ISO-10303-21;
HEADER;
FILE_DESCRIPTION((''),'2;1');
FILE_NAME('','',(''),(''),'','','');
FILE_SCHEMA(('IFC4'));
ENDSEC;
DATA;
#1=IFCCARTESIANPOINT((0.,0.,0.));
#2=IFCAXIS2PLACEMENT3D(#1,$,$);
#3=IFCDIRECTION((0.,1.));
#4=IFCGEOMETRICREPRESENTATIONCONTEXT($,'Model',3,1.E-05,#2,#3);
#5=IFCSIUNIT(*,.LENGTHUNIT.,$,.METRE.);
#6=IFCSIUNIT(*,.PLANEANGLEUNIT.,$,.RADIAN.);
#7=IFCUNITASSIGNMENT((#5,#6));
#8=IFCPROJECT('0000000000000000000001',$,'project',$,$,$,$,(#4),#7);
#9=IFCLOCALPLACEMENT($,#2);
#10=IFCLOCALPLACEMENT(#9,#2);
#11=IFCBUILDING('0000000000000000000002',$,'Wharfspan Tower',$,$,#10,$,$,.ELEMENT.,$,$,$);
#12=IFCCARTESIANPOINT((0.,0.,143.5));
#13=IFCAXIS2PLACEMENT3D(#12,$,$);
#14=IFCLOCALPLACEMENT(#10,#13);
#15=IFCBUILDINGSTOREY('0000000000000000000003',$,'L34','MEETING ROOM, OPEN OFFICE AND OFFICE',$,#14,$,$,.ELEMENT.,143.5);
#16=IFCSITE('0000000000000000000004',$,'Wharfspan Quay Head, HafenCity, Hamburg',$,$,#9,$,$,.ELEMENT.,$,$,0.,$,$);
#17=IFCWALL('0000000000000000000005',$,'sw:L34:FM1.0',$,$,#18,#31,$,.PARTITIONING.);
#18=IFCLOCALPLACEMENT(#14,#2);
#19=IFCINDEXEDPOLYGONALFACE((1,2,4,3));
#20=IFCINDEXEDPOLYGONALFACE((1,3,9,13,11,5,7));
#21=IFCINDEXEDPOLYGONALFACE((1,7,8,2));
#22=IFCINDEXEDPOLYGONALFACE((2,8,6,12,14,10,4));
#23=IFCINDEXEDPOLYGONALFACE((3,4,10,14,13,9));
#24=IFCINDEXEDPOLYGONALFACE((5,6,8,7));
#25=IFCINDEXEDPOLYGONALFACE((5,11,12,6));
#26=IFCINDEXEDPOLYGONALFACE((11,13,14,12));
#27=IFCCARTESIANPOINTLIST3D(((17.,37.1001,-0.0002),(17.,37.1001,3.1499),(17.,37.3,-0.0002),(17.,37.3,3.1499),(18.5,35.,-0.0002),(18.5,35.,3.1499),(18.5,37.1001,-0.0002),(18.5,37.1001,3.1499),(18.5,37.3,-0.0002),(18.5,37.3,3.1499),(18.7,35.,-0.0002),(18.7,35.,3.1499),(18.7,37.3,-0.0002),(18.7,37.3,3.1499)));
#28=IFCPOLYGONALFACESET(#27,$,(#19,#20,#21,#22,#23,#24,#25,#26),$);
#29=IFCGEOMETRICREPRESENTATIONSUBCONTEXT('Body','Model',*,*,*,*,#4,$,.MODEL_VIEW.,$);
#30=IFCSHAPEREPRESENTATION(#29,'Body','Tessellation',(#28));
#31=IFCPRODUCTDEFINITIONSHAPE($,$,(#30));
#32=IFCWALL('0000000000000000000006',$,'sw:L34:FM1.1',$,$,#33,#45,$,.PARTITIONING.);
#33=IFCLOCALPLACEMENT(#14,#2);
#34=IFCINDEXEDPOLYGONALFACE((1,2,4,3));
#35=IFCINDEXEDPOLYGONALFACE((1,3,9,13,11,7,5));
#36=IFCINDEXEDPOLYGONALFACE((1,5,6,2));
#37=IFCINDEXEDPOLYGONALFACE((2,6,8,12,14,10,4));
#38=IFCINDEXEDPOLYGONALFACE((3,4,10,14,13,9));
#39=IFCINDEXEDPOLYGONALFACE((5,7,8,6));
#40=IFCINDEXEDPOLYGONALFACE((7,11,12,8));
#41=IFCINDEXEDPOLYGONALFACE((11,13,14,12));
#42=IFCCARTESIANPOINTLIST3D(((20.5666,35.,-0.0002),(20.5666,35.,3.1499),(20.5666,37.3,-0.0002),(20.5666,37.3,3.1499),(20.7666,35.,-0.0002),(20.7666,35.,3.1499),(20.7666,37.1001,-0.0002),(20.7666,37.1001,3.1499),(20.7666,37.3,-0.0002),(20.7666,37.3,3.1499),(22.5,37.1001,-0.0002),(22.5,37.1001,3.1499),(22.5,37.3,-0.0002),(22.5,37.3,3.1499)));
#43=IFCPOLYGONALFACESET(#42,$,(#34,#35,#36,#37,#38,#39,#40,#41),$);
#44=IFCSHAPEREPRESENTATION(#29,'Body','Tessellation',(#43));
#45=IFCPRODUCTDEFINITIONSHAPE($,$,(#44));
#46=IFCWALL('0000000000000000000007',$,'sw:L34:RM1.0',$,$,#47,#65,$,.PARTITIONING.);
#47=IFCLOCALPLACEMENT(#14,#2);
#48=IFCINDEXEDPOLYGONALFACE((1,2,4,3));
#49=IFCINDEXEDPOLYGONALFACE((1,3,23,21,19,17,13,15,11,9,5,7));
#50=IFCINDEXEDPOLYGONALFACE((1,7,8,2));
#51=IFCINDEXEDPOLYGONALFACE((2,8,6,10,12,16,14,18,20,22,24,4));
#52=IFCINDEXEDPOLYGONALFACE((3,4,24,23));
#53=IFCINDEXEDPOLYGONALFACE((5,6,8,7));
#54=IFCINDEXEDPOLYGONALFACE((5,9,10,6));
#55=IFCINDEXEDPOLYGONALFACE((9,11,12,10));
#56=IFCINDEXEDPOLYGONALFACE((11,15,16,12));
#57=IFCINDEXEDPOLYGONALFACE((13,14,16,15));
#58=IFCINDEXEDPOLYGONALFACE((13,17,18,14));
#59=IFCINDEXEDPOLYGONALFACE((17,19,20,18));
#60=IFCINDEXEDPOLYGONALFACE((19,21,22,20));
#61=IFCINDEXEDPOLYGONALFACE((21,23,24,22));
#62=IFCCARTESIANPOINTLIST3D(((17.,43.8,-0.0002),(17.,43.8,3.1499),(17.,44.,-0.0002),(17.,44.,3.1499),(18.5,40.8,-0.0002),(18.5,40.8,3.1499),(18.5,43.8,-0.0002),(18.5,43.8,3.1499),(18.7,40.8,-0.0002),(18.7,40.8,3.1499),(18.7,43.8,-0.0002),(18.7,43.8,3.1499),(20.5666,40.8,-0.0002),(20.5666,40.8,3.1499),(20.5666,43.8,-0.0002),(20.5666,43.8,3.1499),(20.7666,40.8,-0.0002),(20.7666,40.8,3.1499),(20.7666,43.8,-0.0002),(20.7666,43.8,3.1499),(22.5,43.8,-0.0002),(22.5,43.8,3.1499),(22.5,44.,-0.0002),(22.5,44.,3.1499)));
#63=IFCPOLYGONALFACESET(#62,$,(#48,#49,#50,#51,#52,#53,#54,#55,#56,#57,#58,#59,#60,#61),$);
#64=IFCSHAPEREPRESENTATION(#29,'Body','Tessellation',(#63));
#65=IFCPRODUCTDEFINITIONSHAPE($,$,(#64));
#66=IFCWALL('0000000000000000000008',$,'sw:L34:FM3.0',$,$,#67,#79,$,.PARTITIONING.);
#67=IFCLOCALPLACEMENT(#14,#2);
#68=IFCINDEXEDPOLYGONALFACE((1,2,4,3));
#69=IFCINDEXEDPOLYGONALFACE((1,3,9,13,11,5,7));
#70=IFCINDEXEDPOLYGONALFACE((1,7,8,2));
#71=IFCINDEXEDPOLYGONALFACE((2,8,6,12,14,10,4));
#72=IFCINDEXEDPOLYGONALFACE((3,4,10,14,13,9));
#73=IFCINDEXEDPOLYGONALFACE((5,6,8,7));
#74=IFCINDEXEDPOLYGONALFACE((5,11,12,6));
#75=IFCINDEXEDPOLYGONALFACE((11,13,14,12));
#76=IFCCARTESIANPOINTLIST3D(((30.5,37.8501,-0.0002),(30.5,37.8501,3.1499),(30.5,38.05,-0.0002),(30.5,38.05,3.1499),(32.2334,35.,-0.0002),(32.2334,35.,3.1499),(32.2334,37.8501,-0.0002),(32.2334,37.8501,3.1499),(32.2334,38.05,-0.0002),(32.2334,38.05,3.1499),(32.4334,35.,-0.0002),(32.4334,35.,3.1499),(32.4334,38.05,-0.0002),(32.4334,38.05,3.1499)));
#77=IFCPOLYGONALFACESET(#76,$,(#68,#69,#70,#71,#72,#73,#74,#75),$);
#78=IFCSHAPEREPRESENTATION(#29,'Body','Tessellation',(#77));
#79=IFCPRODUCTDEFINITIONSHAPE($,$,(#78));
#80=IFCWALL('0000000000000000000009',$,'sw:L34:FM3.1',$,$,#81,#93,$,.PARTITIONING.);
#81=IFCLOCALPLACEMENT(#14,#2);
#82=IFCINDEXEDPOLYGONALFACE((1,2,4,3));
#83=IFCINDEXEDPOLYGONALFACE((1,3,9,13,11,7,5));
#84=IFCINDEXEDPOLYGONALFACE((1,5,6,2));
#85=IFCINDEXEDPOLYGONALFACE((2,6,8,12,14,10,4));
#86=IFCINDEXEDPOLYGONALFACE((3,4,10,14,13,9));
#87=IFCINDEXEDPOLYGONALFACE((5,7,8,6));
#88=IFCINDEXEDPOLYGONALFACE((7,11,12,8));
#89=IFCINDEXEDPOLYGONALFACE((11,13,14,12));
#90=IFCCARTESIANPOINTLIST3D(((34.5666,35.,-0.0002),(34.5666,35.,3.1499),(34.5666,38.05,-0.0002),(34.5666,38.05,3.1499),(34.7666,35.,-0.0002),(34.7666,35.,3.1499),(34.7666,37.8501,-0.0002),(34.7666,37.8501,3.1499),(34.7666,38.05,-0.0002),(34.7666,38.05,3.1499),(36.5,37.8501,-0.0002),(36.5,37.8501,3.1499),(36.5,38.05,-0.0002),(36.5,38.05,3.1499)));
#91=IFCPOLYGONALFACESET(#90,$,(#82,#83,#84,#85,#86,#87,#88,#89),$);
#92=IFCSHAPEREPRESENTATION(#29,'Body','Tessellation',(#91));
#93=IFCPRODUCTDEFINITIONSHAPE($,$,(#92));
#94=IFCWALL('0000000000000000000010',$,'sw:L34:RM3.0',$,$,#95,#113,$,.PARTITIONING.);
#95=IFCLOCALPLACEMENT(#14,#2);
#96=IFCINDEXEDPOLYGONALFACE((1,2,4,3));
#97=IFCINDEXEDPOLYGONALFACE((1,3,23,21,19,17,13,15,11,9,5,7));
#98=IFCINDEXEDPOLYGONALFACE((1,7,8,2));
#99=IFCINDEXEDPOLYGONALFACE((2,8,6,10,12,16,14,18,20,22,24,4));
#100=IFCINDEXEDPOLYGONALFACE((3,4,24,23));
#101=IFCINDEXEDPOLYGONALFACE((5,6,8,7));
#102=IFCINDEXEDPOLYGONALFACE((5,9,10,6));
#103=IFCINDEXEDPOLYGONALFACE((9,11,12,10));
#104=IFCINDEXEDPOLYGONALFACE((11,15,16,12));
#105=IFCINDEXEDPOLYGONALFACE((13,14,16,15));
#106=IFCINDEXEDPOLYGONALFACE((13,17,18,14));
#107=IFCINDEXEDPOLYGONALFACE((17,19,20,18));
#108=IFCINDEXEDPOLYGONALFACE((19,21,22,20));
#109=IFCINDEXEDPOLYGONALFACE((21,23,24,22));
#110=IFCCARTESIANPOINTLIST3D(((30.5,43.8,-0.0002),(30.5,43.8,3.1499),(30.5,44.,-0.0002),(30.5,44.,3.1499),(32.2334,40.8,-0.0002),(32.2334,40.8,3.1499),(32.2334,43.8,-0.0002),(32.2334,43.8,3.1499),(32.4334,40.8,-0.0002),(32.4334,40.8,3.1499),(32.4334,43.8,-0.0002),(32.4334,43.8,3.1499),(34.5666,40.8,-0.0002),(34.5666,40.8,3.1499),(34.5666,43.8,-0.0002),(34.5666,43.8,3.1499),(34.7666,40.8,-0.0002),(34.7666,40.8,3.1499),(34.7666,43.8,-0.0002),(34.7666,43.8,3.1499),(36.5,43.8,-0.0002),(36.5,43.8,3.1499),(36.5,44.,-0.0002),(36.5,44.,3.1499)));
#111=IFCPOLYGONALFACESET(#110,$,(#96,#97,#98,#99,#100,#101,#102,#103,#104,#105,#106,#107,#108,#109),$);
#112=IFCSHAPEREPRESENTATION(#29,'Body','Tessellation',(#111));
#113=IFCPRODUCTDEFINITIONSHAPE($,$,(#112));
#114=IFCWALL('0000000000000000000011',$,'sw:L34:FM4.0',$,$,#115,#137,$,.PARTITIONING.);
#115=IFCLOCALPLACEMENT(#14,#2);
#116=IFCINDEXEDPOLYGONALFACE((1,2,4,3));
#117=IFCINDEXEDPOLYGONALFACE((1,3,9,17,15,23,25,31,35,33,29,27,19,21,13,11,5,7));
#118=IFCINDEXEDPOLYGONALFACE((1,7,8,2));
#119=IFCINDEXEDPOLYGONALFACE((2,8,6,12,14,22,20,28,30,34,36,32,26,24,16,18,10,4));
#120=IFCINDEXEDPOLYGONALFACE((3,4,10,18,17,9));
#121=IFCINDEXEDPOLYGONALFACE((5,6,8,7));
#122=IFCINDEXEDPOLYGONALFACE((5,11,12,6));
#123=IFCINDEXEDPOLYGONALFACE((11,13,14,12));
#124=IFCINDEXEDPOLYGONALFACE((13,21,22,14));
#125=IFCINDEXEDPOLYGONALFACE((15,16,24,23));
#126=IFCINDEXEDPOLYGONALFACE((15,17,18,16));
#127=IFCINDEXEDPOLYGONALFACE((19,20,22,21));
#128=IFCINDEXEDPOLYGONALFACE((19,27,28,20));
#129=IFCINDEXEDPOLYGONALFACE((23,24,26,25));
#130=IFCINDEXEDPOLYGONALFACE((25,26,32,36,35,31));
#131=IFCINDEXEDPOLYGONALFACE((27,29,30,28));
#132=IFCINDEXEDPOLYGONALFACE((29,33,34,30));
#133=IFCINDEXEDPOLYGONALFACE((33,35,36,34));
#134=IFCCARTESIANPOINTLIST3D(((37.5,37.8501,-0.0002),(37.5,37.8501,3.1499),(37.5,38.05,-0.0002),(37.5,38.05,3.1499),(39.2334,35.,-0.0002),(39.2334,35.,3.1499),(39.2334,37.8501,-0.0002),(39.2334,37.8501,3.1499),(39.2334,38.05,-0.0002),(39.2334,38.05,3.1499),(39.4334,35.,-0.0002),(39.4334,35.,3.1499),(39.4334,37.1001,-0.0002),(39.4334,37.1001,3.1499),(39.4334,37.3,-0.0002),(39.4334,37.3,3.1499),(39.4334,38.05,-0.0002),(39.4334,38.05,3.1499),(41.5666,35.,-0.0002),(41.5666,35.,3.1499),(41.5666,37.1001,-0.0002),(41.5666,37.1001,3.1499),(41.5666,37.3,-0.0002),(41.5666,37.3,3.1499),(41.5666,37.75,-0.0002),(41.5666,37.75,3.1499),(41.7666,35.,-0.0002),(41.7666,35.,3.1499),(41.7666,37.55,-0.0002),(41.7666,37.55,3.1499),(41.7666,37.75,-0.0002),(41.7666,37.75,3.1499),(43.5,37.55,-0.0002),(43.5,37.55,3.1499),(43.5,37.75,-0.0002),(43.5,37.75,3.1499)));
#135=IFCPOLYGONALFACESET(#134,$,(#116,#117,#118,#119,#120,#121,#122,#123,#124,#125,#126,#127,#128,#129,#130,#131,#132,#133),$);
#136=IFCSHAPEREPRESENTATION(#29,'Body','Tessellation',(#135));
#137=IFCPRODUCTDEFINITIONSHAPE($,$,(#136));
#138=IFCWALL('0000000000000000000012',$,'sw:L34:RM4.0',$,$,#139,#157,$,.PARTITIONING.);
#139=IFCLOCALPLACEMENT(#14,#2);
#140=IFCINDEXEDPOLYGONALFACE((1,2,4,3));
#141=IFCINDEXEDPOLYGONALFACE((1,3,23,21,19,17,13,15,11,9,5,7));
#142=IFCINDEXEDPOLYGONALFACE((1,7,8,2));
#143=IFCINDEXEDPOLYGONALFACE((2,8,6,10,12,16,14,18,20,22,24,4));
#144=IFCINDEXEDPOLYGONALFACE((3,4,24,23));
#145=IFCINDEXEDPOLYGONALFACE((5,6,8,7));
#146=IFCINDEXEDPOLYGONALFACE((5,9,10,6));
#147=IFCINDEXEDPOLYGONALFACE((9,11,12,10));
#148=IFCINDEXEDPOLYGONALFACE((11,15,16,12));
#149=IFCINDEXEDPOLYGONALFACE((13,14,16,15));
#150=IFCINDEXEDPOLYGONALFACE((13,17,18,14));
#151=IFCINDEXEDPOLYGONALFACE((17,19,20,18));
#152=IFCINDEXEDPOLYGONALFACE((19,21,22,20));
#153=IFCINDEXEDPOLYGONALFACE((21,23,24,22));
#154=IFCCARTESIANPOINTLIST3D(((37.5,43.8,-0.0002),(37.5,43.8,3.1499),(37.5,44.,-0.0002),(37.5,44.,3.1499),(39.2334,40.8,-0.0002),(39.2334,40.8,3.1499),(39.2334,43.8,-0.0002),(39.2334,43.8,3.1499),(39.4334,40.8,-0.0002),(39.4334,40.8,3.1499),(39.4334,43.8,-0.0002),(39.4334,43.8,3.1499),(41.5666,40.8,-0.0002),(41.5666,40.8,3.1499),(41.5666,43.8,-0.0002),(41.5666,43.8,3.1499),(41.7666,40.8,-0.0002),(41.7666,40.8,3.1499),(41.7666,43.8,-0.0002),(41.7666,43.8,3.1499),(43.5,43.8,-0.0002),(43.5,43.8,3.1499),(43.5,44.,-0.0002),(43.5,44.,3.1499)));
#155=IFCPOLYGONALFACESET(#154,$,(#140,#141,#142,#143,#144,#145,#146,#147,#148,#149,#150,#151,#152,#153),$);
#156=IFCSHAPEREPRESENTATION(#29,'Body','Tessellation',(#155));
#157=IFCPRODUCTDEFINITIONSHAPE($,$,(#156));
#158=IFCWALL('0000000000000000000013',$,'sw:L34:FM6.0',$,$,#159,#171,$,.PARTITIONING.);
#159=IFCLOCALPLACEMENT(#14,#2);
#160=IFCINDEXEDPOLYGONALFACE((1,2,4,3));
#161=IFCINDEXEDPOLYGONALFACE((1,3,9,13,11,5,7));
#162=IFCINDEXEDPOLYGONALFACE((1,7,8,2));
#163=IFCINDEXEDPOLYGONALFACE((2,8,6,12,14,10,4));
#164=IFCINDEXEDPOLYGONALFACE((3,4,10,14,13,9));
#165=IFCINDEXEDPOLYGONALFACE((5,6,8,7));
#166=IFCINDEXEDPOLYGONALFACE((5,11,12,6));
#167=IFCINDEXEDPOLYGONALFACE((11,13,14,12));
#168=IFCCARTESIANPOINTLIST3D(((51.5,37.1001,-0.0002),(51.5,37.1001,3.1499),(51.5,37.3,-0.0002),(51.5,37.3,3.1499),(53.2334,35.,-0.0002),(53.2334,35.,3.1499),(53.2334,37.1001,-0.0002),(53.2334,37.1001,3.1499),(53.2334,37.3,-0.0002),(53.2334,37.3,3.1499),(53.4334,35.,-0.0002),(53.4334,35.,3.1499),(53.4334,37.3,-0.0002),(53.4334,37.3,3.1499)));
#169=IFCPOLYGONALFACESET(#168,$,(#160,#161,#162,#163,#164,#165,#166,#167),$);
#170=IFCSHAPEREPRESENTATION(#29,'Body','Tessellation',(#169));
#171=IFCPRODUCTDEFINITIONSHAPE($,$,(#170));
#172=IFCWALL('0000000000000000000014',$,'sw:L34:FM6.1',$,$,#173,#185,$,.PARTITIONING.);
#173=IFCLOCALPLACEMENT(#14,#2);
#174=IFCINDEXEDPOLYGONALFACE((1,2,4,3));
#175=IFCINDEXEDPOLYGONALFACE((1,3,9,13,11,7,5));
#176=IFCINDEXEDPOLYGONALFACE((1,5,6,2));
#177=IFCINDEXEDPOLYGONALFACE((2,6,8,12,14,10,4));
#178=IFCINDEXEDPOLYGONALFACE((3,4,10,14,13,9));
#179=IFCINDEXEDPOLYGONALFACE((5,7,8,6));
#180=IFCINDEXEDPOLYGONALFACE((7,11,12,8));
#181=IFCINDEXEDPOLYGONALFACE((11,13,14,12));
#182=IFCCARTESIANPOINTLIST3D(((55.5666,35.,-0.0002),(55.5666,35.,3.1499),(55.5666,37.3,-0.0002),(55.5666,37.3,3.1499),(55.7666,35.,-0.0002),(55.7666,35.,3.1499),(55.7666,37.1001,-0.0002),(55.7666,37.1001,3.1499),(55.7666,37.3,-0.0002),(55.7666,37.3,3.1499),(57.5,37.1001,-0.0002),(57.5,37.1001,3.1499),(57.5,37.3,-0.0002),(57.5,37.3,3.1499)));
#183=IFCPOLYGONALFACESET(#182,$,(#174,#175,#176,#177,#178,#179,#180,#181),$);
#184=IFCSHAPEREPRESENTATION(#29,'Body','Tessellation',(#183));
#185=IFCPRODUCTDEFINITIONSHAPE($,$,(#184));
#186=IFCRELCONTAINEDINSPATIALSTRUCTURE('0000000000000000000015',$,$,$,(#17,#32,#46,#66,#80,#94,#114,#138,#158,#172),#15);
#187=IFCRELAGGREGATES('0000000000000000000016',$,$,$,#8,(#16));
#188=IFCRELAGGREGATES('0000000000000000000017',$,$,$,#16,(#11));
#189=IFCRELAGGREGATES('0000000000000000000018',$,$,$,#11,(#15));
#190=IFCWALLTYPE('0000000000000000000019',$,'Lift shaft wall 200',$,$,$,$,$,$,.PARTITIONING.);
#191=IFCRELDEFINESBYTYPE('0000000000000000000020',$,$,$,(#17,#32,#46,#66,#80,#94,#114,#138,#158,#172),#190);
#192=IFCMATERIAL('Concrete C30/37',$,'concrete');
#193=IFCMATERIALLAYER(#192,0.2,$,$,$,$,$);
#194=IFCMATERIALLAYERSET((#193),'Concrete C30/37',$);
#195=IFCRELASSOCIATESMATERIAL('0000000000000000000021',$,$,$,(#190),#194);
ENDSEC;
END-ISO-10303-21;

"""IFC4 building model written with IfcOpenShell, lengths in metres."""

from ifc_helpers import new_model, si_unit, direction, frame, origin, place, context, subcontext, project, spatial, polyline, outline, extrude, material, layer, layer_set, type_object, element, save


model = new_model("IFC4")

# Units and contexts
model_context = context("Model", 3, precision=1e-05, world=origin(), true_north=direction((0.0, 1.0)))
body_context = subcontext(model_context, "Body", "Model", "MODEL_VIEW")
ifc_project = project(units=[si_unit("LENGTHUNIT", "METRE"), si_unit("PLANEANGLEUNIT", "RADIAN")], contexts=[model_context])

# Site, building, storey
site_placement = place(None, origin())
site = spatial("IfcSite", under=ifc_project, at=site_placement, Name="Wharfspan Quay Head, HafenCity, Hamburg", CompositionType="ELEMENT", RefElevation=0.0)
building_placement = place(site_placement, origin())
building = spatial("IfcBuilding", under=site, at=building_placement, Name="Wharfspan Tower", CompositionType="ELEMENT")
storey_placement = place(building_placement, frame((0.0, 0.0, 143.5)))
storey = spatial("IfcBuildingStorey", under=building, at=storey_placement, Name="L34", Description="MEETING ROOM, OPEN OFFICE AND OFFICE", CompositionType="ELEMENT", Elevation=143.5)

# Walls
ifc_material_1 = material(Name="Concrete C30/37", Category="concrete")
ifc_layer_1 = layer(ifc_material_1, 0.2)
ifc_layer_set_1 = layer_set([ifc_layer_1], Name="Concrete C30/37")
wall_type_1 = type_object("IfcWallType", Name="Lift shaft wall 200", PredefinedType="PARTITIONING", material=ifc_layer_set_1)
wall_1_placement = place(storey_placement, frame((0.0, 0.0, -0.0002)))
element("IfcWall", 1, at=wall_1_placement, inside=storey, type_object=wall_type_1, Name="sw:L34:FM1.0", PredefinedType="PARTITIONING", context=body_context, shape_type="SweptSolid", body=[
    extrude(outline(polyline([(18.5, 37.1001), (17.0, 37.1001), (17.0, 37.3), (18.5, 37.3), (18.7, 37.3), (18.7, 35.0), (18.5, 35.0), (18.5, 37.1001)])), origin(), (0.0, 0.0, 1.0), 3.1501),
])
wall_2_placement = place(storey_placement, frame((0.0, 0.0, -0.0002)))
element("IfcWall", 2, at=wall_2_placement, inside=storey, type_object=wall_type_1, Name="sw:L34:FM1.1", PredefinedType="PARTITIONING", context=body_context, shape_type="SweptSolid", body=[
    extrude(outline(polyline([(20.5666, 37.3), (20.7666, 37.3), (22.5, 37.3), (22.5, 37.1001), (20.7666, 37.1001), (20.7666, 35.0), (20.5666, 35.0), (20.5666, 37.3)])), origin(), (0.0, 0.0, 1.0), 3.1501),
])
wall_3_placement = place(storey_placement, frame((0.0, 0.0, -0.0002)))
element("IfcWall", 3, at=wall_3_placement, inside=storey, type_object=wall_type_1, Name="sw:L34:RM1.0", PredefinedType="PARTITIONING", context=body_context, shape_type="SweptSolid", body=[
    extrude(outline(polyline([(18.7, 40.8), (18.5, 40.8), (18.5, 43.8), (17.0, 43.8), (17.0, 44.0), (22.5, 44.0), (22.5, 43.8), (20.7666, 43.8), (20.7666, 40.8), (20.5666, 40.8), (20.5666, 43.8), (18.7, 43.8), (18.7, 40.8)])), origin(), (0.0, 0.0, 1.0), 3.1501),
])
wall_4_placement = place(storey_placement, frame((0.0, 0.0, -0.0002)))
element("IfcWall", 4, at=wall_4_placement, inside=storey, type_object=wall_type_1, Name="sw:L34:FM3.0", PredefinedType="PARTITIONING", context=body_context, shape_type="SweptSolid", body=[
    extrude(outline(polyline([(32.2334, 37.8501), (30.5, 37.8501), (30.5, 38.05), (32.2334, 38.05), (32.4333, 38.05), (32.4333, 35.0), (32.2334, 35.0), (32.2334, 37.8501)])), origin(), (0.0, 0.0, 1.0), 3.1501),
])
wall_5_placement = place(storey_placement, frame((0.0, 0.0, -0.0002)))
element("IfcWall", 5, at=wall_5_placement, inside=storey, type_object=wall_type_1, Name="sw:L34:FM3.1", PredefinedType="PARTITIONING", context=body_context, shape_type="SweptSolid", body=[
    extrude(outline(polyline([(34.5667, 38.05), (34.7666, 38.05), (36.5, 38.05), (36.5, 37.8501), (34.7666, 37.8501), (34.7666, 35.0), (34.5667, 35.0), (34.5667, 38.05)])), origin(), (0.0, 0.0, 1.0), 3.1501),
])
wall_6_placement = place(storey_placement, frame((0.0, 0.0, -0.0002)))
element("IfcWall", 6, at=wall_6_placement, inside=storey, type_object=wall_type_1, Name="sw:L34:RM3.0", PredefinedType="PARTITIONING", context=body_context, shape_type="SweptSolid", body=[
    extrude(outline(polyline([(32.4333, 40.8), (32.2334, 40.8), (32.2334, 43.8), (30.5, 43.8), (30.5, 44.0), (36.5, 44.0), (36.5, 43.8), (34.7666, 43.8), (34.7666, 40.8), (34.5667, 40.8), (34.5667, 43.8), (32.4333, 43.8), (32.4333, 40.8)])), origin(), (0.0, 0.0, 1.0), 3.1501),
])
wall_7_placement = place(storey_placement, frame((0.0, 0.0, -0.0002)))
element("IfcWall", 7, at=wall_7_placement, inside=storey, type_object=wall_type_1, Name="sw:L34:FM4.0", PredefinedType="PARTITIONING", context=body_context, shape_type="SweptSolid", body=[
    extrude(outline(polyline([(41.5667, 37.1001), (39.4333, 37.1001), (39.4333, 35.0), (39.2334, 35.0), (39.2334, 37.8501), (37.5, 37.8501), (37.5, 38.05), (39.2334, 38.05), (39.4333, 38.05), (39.4333, 37.3), (41.5667, 37.3), (41.5667, 37.75), (41.7666, 37.75), (43.5, 37.75), (43.5, 37.55), (41.7666, 37.55), (41.7666, 35.0), (41.5667, 35.0), (41.5667, 37.1001)])), origin(), (0.0, 0.0, 1.0), 3.1501),
])
wall_8_placement = place(storey_placement, frame((0.0, 0.0, -0.0002)))
element("IfcWall", 8, at=wall_8_placement, inside=storey, type_object=wall_type_1, Name="sw:L34:RM4.0", PredefinedType="PARTITIONING", context=body_context, shape_type="SweptSolid", body=[
    extrude(outline(polyline([(39.4333, 40.8), (39.2334, 40.8), (39.2334, 43.8), (37.5, 43.8), (37.5, 44.0), (43.5, 44.0), (43.5, 43.8), (41.7666, 43.8), (41.7666, 40.8), (41.5667, 40.8), (41.5667, 43.8), (39.4333, 43.8), (39.4333, 40.8)])), origin(), (0.0, 0.0, 1.0), 3.1501),
])
wall_9_placement = place(storey_placement, frame((0.0, 0.0, -0.0002)))
element("IfcWall", 9, at=wall_9_placement, inside=storey, type_object=wall_type_1, Name="sw:L34:FM6.0", PredefinedType="PARTITIONING", context=body_context, shape_type="SweptSolid", body=[
    extrude(outline(polyline([(53.2334, 37.1001), (51.5, 37.1001), (51.5, 37.3), (53.2334, 37.3), (53.4333, 37.3), (53.4333, 35.0), (53.2334, 35.0), (53.2334, 37.1001)])), origin(), (0.0, 0.0, 1.0), 3.1501),
])
wall_10_placement = place(storey_placement, frame((0.0, 0.0, -0.0002)))
element("IfcWall", 10, at=wall_10_placement, inside=storey, type_object=wall_type_1, Name="sw:L34:FM6.1", PredefinedType="PARTITIONING", context=body_context, shape_type="SweptSolid", body=[
    extrude(outline(polyline([(55.5667, 37.3), (55.7666, 37.3), (57.5, 37.3), (57.5, 37.1001), (55.7666, 37.1001), (55.7666, 35.0), (55.5667, 35.0), (55.5667, 37.3)])), origin(), (0.0, 0.0, 1.0), 3.1501),
])

save(model, "model.ifc")
